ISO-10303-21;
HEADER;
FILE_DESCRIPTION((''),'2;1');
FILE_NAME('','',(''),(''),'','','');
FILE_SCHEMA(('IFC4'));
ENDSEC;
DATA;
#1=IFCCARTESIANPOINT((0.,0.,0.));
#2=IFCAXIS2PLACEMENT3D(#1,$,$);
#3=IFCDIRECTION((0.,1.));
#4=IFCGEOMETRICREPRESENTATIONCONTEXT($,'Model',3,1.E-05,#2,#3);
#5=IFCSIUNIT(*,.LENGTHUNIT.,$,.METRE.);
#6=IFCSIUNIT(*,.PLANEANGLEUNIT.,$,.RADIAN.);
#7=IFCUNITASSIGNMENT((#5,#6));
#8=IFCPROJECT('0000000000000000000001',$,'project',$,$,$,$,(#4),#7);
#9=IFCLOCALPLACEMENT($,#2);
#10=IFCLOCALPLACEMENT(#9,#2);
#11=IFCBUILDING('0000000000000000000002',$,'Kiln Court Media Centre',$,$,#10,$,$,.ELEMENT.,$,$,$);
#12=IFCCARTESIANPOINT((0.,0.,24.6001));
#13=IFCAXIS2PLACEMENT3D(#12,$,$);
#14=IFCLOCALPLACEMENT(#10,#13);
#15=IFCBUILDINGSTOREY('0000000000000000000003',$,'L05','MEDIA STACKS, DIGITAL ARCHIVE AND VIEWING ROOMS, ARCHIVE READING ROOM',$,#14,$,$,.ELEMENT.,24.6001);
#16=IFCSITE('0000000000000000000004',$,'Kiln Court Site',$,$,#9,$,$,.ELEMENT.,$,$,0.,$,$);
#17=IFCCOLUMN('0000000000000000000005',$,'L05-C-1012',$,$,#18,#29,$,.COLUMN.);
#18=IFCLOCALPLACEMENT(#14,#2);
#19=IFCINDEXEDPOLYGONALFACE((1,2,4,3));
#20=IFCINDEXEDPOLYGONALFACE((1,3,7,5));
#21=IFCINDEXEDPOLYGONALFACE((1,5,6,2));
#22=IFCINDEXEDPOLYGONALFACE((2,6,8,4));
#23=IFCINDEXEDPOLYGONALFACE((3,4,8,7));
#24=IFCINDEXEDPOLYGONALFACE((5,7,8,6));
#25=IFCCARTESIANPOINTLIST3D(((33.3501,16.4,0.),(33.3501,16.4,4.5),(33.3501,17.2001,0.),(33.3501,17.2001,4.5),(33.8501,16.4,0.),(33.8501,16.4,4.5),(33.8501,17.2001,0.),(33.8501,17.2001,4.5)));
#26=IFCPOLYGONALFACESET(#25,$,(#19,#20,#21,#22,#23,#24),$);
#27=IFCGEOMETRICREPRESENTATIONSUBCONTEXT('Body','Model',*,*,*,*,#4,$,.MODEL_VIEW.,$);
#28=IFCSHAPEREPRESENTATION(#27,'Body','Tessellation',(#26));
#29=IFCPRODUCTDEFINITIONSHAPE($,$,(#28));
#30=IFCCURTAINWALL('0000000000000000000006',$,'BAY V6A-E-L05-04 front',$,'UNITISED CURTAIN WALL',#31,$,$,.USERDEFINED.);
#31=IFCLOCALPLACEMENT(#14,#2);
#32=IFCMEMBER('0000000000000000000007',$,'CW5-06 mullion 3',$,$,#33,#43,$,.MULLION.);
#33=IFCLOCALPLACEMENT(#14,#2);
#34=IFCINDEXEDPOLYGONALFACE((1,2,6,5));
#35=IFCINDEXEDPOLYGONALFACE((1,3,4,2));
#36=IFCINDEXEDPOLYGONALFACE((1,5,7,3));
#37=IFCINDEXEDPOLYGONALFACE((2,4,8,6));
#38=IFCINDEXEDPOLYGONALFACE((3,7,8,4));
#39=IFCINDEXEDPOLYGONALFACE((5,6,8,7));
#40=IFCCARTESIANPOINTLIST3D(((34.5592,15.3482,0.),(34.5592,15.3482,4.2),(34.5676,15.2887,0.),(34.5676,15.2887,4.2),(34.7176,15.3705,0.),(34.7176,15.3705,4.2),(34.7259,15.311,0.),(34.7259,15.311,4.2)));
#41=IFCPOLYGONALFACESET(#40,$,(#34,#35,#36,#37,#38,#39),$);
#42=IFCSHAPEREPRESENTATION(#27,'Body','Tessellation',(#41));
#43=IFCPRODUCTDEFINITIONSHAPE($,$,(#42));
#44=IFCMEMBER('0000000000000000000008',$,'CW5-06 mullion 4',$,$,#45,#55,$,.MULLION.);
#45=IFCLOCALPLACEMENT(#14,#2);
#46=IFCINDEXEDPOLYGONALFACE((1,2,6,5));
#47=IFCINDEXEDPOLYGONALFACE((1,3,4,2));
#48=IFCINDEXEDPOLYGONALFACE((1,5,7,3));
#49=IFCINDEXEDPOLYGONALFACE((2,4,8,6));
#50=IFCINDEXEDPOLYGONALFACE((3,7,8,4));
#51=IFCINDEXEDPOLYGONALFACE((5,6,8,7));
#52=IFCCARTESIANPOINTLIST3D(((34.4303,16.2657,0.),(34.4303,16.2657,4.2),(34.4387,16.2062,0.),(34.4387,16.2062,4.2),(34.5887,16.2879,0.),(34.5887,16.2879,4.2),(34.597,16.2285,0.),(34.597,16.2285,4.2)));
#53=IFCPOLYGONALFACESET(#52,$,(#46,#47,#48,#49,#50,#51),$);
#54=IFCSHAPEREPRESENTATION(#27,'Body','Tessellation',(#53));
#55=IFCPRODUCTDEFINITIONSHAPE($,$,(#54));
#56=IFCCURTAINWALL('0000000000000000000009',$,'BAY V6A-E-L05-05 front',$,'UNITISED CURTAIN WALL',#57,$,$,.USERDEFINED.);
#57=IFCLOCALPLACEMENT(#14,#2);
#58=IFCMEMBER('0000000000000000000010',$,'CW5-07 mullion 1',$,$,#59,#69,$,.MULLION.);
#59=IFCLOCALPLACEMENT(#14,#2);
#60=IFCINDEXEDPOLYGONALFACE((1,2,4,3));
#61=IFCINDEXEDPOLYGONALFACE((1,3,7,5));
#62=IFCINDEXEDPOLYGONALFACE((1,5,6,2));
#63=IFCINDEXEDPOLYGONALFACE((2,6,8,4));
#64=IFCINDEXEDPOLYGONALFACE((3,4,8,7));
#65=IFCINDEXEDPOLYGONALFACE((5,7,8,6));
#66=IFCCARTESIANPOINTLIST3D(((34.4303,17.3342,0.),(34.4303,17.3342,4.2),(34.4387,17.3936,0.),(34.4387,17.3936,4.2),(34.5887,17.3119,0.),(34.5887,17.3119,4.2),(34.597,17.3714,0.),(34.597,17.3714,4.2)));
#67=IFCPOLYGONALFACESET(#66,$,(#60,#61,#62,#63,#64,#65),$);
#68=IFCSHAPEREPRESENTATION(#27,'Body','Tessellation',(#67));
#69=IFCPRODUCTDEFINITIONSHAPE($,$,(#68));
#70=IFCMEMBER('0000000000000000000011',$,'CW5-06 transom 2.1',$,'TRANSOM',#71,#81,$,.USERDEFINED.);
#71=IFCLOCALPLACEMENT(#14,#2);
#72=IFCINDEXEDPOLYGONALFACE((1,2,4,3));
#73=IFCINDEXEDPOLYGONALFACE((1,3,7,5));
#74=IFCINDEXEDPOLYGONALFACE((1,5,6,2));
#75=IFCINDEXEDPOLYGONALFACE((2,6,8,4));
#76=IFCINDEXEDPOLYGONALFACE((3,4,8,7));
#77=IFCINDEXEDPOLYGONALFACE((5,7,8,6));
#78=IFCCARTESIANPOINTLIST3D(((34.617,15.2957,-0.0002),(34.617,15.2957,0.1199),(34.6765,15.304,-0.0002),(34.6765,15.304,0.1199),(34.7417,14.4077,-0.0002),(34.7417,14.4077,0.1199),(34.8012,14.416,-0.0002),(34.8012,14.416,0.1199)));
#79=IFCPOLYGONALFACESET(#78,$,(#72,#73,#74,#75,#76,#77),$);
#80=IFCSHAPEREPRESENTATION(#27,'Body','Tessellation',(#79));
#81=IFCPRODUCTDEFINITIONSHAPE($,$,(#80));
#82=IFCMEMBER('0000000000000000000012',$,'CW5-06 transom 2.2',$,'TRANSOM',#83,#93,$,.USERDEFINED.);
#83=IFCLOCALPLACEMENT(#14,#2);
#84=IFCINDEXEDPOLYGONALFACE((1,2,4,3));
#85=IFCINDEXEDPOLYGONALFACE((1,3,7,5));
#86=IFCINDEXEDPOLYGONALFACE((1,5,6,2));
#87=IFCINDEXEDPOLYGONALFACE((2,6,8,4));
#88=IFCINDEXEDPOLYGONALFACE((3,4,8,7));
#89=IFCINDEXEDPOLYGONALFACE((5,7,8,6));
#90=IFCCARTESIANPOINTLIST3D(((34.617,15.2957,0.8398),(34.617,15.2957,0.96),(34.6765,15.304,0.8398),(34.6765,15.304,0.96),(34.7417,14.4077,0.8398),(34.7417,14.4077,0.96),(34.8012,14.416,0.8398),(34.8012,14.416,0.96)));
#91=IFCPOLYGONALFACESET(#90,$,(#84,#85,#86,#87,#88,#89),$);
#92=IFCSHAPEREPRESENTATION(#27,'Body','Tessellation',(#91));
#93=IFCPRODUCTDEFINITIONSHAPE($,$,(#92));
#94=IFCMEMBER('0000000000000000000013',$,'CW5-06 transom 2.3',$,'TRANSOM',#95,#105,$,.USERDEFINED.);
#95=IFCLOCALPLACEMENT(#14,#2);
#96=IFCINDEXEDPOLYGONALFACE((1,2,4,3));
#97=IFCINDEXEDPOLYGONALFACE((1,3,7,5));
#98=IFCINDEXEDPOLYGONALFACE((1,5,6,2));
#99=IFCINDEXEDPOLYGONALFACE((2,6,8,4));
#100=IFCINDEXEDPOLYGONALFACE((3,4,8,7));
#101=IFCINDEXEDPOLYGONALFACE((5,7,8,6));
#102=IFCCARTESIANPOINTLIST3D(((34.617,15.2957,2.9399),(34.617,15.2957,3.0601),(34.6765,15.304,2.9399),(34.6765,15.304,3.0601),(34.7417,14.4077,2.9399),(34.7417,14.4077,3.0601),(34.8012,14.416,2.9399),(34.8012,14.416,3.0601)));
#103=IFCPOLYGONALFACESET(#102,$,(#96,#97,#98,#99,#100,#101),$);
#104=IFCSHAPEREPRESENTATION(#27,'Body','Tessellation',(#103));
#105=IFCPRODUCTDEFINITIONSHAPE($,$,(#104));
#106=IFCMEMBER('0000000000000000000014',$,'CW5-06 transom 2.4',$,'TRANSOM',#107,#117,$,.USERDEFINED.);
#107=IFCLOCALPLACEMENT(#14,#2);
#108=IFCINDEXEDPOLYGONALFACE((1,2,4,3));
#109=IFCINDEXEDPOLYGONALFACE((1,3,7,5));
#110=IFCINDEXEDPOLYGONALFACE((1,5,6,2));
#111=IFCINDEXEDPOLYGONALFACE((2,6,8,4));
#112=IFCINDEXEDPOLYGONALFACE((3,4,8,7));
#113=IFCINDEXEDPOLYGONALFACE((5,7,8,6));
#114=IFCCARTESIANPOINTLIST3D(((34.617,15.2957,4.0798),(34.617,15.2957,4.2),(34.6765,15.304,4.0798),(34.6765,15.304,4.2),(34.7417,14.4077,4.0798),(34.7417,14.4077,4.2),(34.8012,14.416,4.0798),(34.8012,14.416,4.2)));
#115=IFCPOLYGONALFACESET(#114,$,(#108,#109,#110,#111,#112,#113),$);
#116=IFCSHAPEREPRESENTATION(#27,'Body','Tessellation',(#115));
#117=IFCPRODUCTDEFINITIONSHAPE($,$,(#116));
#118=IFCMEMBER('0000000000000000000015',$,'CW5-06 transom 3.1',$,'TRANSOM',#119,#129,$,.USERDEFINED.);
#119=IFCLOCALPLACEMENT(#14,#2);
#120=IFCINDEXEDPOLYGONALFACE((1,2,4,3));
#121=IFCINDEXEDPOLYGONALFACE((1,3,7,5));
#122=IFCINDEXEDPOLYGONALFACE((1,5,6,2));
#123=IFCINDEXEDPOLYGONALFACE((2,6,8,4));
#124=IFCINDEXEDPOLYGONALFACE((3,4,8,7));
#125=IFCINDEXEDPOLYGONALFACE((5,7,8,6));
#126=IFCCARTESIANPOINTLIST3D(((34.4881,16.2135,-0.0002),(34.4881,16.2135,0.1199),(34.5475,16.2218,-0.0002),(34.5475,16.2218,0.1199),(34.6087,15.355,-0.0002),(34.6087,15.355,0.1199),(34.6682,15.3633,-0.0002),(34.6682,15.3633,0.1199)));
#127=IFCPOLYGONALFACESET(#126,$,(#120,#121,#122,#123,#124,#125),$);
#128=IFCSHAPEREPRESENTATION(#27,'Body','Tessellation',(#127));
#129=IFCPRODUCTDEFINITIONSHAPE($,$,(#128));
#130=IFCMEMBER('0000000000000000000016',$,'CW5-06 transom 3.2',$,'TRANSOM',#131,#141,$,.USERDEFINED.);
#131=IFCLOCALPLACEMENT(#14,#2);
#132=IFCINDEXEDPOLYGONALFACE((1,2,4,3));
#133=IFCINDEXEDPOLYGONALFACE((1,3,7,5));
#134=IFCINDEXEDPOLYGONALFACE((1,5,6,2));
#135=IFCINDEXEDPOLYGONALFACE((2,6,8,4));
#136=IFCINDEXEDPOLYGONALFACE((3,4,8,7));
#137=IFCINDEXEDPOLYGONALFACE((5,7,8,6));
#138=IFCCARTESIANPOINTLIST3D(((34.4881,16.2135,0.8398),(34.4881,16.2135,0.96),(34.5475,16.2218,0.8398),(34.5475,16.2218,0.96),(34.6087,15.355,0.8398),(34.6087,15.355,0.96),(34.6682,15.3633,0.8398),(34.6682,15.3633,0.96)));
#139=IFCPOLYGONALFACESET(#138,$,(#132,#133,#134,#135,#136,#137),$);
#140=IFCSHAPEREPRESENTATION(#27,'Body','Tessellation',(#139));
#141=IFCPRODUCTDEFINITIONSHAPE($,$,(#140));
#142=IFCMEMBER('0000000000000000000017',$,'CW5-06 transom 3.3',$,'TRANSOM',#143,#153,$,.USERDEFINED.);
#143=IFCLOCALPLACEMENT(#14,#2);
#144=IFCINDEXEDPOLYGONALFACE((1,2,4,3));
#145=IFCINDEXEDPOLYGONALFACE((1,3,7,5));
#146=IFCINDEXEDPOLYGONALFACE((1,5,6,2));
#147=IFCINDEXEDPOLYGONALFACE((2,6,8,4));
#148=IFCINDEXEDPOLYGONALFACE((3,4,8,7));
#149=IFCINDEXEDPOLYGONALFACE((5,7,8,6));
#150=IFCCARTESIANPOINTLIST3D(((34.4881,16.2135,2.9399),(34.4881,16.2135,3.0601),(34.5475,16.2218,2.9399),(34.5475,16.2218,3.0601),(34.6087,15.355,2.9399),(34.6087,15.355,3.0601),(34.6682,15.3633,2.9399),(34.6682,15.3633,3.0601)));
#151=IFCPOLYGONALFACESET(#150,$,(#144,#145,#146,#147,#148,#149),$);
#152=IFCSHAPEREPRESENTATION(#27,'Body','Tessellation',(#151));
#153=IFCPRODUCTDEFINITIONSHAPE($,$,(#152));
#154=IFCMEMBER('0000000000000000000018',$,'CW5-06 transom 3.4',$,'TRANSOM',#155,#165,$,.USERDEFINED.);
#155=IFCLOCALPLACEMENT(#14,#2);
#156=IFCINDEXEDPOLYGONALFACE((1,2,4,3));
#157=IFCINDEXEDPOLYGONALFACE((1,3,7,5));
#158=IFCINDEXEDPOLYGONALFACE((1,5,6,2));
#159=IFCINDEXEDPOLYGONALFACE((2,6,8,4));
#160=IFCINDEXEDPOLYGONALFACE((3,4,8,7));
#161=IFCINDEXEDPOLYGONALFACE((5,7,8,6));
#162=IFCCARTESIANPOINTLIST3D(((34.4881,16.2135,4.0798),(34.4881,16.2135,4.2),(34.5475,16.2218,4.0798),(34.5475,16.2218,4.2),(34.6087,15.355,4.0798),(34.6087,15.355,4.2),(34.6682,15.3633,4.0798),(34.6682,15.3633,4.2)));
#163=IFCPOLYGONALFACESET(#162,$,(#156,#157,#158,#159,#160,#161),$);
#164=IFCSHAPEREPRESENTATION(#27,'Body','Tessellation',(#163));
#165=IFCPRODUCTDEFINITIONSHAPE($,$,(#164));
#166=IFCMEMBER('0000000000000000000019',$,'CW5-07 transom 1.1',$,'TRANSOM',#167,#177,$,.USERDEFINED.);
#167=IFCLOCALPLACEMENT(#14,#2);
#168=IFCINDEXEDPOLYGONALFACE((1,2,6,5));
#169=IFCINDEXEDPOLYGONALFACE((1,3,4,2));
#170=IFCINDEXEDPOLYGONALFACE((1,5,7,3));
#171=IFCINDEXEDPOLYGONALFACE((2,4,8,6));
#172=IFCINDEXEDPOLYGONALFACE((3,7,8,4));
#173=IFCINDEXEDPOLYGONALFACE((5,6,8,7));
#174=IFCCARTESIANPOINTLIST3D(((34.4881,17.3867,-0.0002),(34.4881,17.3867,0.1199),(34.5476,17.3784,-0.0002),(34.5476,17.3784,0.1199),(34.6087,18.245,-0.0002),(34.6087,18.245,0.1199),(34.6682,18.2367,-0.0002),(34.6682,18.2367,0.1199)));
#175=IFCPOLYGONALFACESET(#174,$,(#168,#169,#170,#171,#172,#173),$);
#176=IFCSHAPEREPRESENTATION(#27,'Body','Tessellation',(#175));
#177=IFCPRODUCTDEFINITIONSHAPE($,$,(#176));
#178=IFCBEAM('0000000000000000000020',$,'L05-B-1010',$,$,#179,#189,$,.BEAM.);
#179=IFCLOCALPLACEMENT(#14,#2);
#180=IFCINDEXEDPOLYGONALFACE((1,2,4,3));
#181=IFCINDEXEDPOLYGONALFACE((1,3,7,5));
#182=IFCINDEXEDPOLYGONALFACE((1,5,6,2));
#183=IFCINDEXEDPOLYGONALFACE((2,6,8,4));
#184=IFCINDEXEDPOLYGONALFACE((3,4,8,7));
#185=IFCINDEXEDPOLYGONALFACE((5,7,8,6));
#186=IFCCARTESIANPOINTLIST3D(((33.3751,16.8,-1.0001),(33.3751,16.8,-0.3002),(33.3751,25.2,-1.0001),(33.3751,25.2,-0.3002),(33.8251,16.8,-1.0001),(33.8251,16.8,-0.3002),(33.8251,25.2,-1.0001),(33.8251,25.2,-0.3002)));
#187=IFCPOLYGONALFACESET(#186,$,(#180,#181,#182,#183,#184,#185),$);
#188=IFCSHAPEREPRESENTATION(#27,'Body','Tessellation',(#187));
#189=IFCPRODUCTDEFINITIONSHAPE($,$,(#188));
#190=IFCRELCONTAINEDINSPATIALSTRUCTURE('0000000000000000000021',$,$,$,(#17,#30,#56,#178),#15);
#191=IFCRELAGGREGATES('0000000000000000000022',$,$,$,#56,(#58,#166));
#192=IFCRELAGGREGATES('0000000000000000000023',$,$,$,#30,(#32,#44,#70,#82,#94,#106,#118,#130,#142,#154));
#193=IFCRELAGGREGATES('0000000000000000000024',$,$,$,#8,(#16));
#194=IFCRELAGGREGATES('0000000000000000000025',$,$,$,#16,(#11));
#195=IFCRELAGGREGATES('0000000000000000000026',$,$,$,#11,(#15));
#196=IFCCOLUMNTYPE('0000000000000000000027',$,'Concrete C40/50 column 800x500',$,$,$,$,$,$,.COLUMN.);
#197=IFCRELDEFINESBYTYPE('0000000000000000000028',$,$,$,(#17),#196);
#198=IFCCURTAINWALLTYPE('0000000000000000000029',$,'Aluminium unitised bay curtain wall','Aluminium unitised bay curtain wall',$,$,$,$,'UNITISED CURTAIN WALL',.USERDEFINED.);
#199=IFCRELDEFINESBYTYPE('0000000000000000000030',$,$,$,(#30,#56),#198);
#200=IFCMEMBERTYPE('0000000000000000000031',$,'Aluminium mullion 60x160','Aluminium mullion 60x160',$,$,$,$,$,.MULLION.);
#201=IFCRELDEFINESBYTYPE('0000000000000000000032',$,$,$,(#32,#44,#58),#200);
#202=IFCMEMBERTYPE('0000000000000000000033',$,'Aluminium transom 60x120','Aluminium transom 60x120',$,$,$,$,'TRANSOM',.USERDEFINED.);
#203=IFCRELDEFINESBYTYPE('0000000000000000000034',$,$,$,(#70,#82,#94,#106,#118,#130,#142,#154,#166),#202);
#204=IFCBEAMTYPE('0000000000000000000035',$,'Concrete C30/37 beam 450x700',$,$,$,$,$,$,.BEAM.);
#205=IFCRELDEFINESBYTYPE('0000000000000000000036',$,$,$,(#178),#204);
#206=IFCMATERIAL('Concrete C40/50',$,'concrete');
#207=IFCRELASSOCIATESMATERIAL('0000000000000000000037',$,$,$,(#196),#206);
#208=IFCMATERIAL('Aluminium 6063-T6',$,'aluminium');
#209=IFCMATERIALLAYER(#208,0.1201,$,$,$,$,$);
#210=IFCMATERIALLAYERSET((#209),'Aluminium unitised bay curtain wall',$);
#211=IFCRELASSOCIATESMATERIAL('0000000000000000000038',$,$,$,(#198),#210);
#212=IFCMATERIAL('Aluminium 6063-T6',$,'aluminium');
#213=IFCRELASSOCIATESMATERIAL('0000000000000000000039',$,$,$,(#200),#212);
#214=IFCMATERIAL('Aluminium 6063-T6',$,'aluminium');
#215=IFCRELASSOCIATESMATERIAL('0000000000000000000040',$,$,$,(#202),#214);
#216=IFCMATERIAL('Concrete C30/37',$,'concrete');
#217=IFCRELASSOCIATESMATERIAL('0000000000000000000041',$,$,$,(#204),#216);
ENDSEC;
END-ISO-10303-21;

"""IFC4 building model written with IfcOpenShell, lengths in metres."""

from ifc_helpers import new_model, si_unit, direction, frame, origin, origin_2d, place, context, subcontext, project, spatial, rectangle, extrude, material, layer, layer_set, material_profile, profile_set, type_object, element, aggregate, save


model = new_model("IFC4")

# Units and contexts
model_context = context("Model", 3, precision=1e-05, world=origin(), true_north=direction((0.0, 1.0)))
body_context = subcontext(model_context, "Body", "Model", "MODEL_VIEW")
ifc_project = project(units=[si_unit("LENGTHUNIT", "METRE"), si_unit("PLANEANGLEUNIT", "RADIAN")], contexts=[model_context])

# Site, building, storey
site_placement = place(None, origin())
site = spatial("IfcSite", under=ifc_project, at=site_placement, Name="Kiln Court Site", CompositionType="ELEMENT", RefElevation=0.0)
building_placement = place(site_placement, origin())
building = spatial("IfcBuilding", under=site, at=building_placement, Name="Kiln Court Media Centre", CompositionType="ELEMENT")
storey_placement = place(building_placement, frame((0.0, 0.0, 24.6001)))
storey = spatial("IfcBuildingStorey", under=building, at=storey_placement, Name="L05", Description="MEDIA STACKS, DIGITAL ARCHIVE AND VIEWING ROOMS, ARCHIVE READING ROOM", CompositionType="ELEMENT", Elevation=24.6001)

# Column
ifc_material_1 = material(Name="Concrete C40/50", Category="concrete")
ifc_material_profile_1 = material_profile(ifc_material_1, rectangle(XDim=0.8, YDim=0.5, at=origin_2d()), Name="RC 800x500")
ifc_profile_set_1 = profile_set([ifc_material_profile_1], Name="Concrete C40/50")
column_type = type_object("IfcColumnType", Name="Concrete C40/50 column 800x500", PredefinedType="COLUMN", material=ifc_profile_set_1)
column_placement = place(storey_placement, frame((33.6001, 16.8, 0.0), z_axis=(0.0, 0.0, 1.0), x_axis=(0.0, 1.0, 0.0)))
element("IfcColumn", 1, at=column_placement, inside=storey, type_object=column_type, Name="L05-C-1012", PredefinedType="COLUMN", context=body_context, shape_type="SweptSolid", body=[
    extrude(rectangle(XDim=0.8, YDim=0.5, at=origin_2d()), origin(), (0.0, 0.0, 1.0), 4.5),
])

# Curtain wall, members
ifc_material_2 = material(Name="Aluminium 6063-T6", Category="aluminium")
ifc_layer_1 = layer(ifc_material_2, 0.1201)
ifc_layer_set_1 = layer_set([ifc_layer_1], Name="Aluminium unitised bay curtain wall")
curtain_wall_type = type_object("IfcCurtainWallType", Name="Aluminium unitised bay curtain wall", Description="Aluminium unitised bay curtain wall", ElementType="UNITISED CURTAIN WALL", PredefinedType="USERDEFINED", material=ifc_layer_set_1)
curtain_wall_1_placement = place(storey_placement, origin())
curtain_wall_1 = element("IfcCurtainWall", 2, at=curtain_wall_1_placement, inside=storey, type_object=curtain_wall_type, Name="BAY V6A-E-L05-04 front", ObjectType="UNITISED CURTAIN WALL", PredefinedType="USERDEFINED")
ifc_material_3 = material(Name="Aluminium 6063-T6", Category="aluminium")
ifc_material_profile_2 = material_profile(ifc_material_3, rectangle(XDim=0.0601, YDim=0.1599, at=origin_2d()), Name="Aluminium mullion 60x160")
ifc_profile_set_2 = profile_set([ifc_material_profile_2], Name="Aluminium 6063-T6")
member_type_1 = type_object("IfcMemberType", Name="Aluminium mullion 60x160", Description="Aluminium mullion 60x160", PredefinedType="MULLION", material=ifc_profile_set_2)
member_1_placement = place(storey_placement, frame((34.6426, 15.3296, 0.0), z_axis=(0.0, 0.0, 1.0), x_axis=(-0.139162, 0.99027, 0.0)))
member_1 = element("IfcMember", 3, at=member_1_placement, type_object=member_type_1, Name="CW5-06 mullion 3", PredefinedType="MULLION", context=body_context, shape_type="SweptSolid", body=[
    extrude(rectangle(XDim=0.0601, YDim=0.1599, at=origin_2d()), origin(), (0.0, 0.0, 1.0), 4.2),
])
member_2_placement = place(storey_placement, frame((34.5137, 16.2471, 0.0), z_axis=(0.0, 0.0, 1.0), x_axis=(-0.139162, 0.99027, 0.0)))
member_2 = element("IfcMember", 4, at=member_2_placement, type_object=member_type_1, Name="CW5-06 mullion 4", PredefinedType="MULLION", context=body_context, shape_type="SweptSolid", body=[
    extrude(rectangle(XDim=0.0601, YDim=0.1599, at=origin_2d()), origin(), (0.0, 0.0, 1.0), 4.2),
])

# Curtain wall, member
curtain_wall_2_placement = place(storey_placement, origin())
curtain_wall_2 = element("IfcCurtainWall", 5, at=curtain_wall_2_placement, inside=storey, type_object=curtain_wall_type, Name="BAY V6A-E-L05-05 front", ObjectType="UNITISED CURTAIN WALL", PredefinedType="USERDEFINED")
member_3_placement = place(storey_placement, frame((34.5137, 17.3528, 0.0), z_axis=(0.0, 0.0, 1.0), x_axis=(0.139162, 0.99027, 0.0)))
member_3 = element("IfcMember", 6, at=member_3_placement, type_object=member_type_1, Name="CW5-07 mullion 1", PredefinedType="MULLION", context=body_context, shape_type="SweptSolid", body=[
    extrude(rectangle(XDim=0.0601, YDim=0.1599, at=origin_2d()), origin(), (0.0, 0.0, 1.0), 4.2),
])

# Members
ifc_material_4 = material(Name="Aluminium 6063-T6", Category="aluminium")
ifc_material_profile_3 = material_profile(ifc_material_4, rectangle(XDim=0.0601, YDim=0.1201, at=origin_2d()), Name="Aluminium transom 60x120")
ifc_profile_set_3 = profile_set([ifc_material_profile_3], Name="Aluminium 6063-T6")
member_type_2 = type_object("IfcMemberType", Name="Aluminium transom 60x120", Description="Aluminium transom 60x120", ElementType="TRANSOM", PredefinedType="USERDEFINED", material=ifc_profile_set_3)
member_4_placement = place(storey_placement, frame((34.7715, 14.4119, 0.0598), z_axis=(-0.139134, 0.990274, 0.0), x_axis=(-0.990274, -0.139134, 0.0)))
member_4 = element("IfcMember", 7, at=member_4_placement, type_object=member_type_2, Name="CW5-06 transom 2.1", ObjectType="TRANSOM", PredefinedType="USERDEFINED", context=body_context, shape_type="SweptSolid", body=[
    extrude(rectangle(XDim=0.0601, YDim=0.1201, at=origin_2d()), origin(), (0.0, 0.0, 1.0), 0.8967),
])
member_5_placement = place(storey_placement, frame((34.7715, 14.4119, 0.8999), z_axis=(-0.139134, 0.990274, 0.0), x_axis=(-0.990274, -0.139134, 0.0)))
member_5 = element("IfcMember", 8, at=member_5_placement, type_object=member_type_2, Name="CW5-06 transom 2.2", ObjectType="TRANSOM", PredefinedType="USERDEFINED", context=body_context, shape_type="SweptSolid", body=[
    extrude(rectangle(XDim=0.0601, YDim=0.1201, at=origin_2d()), origin(), (0.0, 0.0, 1.0), 0.8967),
])
member_6_placement = place(storey_placement, frame((34.7715, 14.4119, 3.0), z_axis=(-0.139134, 0.990274, 0.0), x_axis=(-0.990274, -0.139134, 0.0)))
member_6 = element("IfcMember", 9, at=member_6_placement, type_object=member_type_2, Name="CW5-06 transom 2.3", ObjectType="TRANSOM", PredefinedType="USERDEFINED", context=body_context, shape_type="SweptSolid", body=[
    extrude(rectangle(XDim=0.0601, YDim=0.1201, at=origin_2d()), origin(), (0.0, 0.0, 1.0), 0.8967),
])
member_7_placement = place(storey_placement, frame((34.7715, 14.4119, 4.1399), z_axis=(-0.139134, 0.990274, 0.0), x_axis=(-0.990274, -0.139134, 0.0)))
member_7 = element("IfcMember", 10, at=member_7_placement, type_object=member_type_2, Name="CW5-06 transom 2.4", ObjectType="TRANSOM", PredefinedType="USERDEFINED", context=body_context, shape_type="SweptSolid", body=[
    extrude(rectangle(XDim=0.0601, YDim=0.1201, at=origin_2d()), origin(), (0.0, 0.0, 1.0), 0.8967),
])
member_8_placement = place(storey_placement, frame((34.6384, 15.3591, 0.0598), z_axis=(-0.139134, 0.990274, 0.0), x_axis=(-0.990274, -0.139134, 0.0)))
member_8 = element("IfcMember", 11, at=member_8_placement, type_object=member_type_2, Name="CW5-06 transom 3.1", ObjectType="TRANSOM", PredefinedType="USERDEFINED", context=body_context, shape_type="SweptSolid", body=[
    extrude(rectangle(XDim=0.0601, YDim=0.1201, at=origin_2d()), origin(), (0.0, 0.0, 1.0), 0.8669),
])
member_9_placement = place(storey_placement, frame((34.6384, 15.3591, 0.8999), z_axis=(-0.139134, 0.990274, 0.0), x_axis=(-0.990274, -0.139134, 0.0)))
member_9 = element("IfcMember", 12, at=member_9_placement, type_object=member_type_2, Name="CW5-06 transom 3.2", ObjectType="TRANSOM", PredefinedType="USERDEFINED", context=body_context, shape_type="SweptSolid", body=[
    extrude(rectangle(XDim=0.0601, YDim=0.1201, at=origin_2d()), origin(), (0.0, 0.0, 1.0), 0.8669),
])
member_10_placement = place(storey_placement, frame((34.6384, 15.3591, 3.0), z_axis=(-0.139134, 0.990274, 0.0), x_axis=(-0.990274, -0.139134, 0.0)))
member_10 = element("IfcMember", 13, at=member_10_placement, type_object=member_type_2, Name="CW5-06 transom 3.3", ObjectType="TRANSOM", PredefinedType="USERDEFINED", context=body_context, shape_type="SweptSolid", body=[
    extrude(rectangle(XDim=0.0601, YDim=0.1201, at=origin_2d()), origin(), (0.0, 0.0, 1.0), 0.8669),
])
member_11_placement = place(storey_placement, frame((34.6384, 15.3591, 4.1399), z_axis=(-0.139134, 0.990274, 0.0), x_axis=(-0.990274, -0.139134, 0.0)))
member_11 = element("IfcMember", 14, at=member_11_placement, type_object=member_type_2, Name="CW5-06 transom 3.4", ObjectType="TRANSOM", PredefinedType="USERDEFINED", context=body_context, shape_type="SweptSolid", body=[
    extrude(rectangle(XDim=0.0601, YDim=0.1201, at=origin_2d()), origin(), (0.0, 0.0, 1.0), 0.8669),
])
member_12_placement = place(storey_placement, frame((34.5178, 17.3826, 0.0598), z_axis=(0.139173, 0.990268, 0.0), x_axis=(-0.990268, 0.139173, 0.0)))
member_12 = element("IfcMember", 15, at=member_12_placement, type_object=member_type_2, Name="CW5-07 transom 1.1", ObjectType="TRANSOM", PredefinedType="USERDEFINED", context=body_context, shape_type="SweptSolid", body=[
    extrude(rectangle(XDim=0.0601, YDim=0.1201, at=origin_2d()), origin(), (0.0, 0.0, 1.0), 0.8667),
])
aggregate(curtain_wall_2, [member_3, member_12])

# Beam
ifc_material_5 = material(Name="Concrete C30/37", Category="concrete")
ifc_material_profile_4 = material_profile(ifc_material_5, rectangle(XDim=0.45, YDim=0.7, at=origin_2d()), Name="RC 450x700")
ifc_profile_set_4 = profile_set([ifc_material_profile_4], Name="Concrete C30/37")
beam_type = type_object("IfcBeamType", Name="Concrete C30/37 beam 450x700", PredefinedType="BEAM", material=ifc_profile_set_4)
beam_placement = place(storey_placement, frame((33.6001, 16.8, -0.6501), z_axis=(0.0, 1.0, 0.0), x_axis=(-1.0, 0.0, 0.0)))
element("IfcBeam", 16, at=beam_placement, inside=storey, type_object=beam_type, Name="L05-B-1010", PredefinedType="BEAM", context=body_context, shape_type="SweptSolid", body=[
    extrude(rectangle(XDim=0.45, YDim=0.7, at=origin_2d()), origin(), (0.0, 0.0, 1.0), 8.3999),
])

aggregate(curtain_wall_1, [member_1, member_2, member_4, member_5, member_6, member_7, member_8, member_9, member_10, member_11])

save(model, "model.ifc")
